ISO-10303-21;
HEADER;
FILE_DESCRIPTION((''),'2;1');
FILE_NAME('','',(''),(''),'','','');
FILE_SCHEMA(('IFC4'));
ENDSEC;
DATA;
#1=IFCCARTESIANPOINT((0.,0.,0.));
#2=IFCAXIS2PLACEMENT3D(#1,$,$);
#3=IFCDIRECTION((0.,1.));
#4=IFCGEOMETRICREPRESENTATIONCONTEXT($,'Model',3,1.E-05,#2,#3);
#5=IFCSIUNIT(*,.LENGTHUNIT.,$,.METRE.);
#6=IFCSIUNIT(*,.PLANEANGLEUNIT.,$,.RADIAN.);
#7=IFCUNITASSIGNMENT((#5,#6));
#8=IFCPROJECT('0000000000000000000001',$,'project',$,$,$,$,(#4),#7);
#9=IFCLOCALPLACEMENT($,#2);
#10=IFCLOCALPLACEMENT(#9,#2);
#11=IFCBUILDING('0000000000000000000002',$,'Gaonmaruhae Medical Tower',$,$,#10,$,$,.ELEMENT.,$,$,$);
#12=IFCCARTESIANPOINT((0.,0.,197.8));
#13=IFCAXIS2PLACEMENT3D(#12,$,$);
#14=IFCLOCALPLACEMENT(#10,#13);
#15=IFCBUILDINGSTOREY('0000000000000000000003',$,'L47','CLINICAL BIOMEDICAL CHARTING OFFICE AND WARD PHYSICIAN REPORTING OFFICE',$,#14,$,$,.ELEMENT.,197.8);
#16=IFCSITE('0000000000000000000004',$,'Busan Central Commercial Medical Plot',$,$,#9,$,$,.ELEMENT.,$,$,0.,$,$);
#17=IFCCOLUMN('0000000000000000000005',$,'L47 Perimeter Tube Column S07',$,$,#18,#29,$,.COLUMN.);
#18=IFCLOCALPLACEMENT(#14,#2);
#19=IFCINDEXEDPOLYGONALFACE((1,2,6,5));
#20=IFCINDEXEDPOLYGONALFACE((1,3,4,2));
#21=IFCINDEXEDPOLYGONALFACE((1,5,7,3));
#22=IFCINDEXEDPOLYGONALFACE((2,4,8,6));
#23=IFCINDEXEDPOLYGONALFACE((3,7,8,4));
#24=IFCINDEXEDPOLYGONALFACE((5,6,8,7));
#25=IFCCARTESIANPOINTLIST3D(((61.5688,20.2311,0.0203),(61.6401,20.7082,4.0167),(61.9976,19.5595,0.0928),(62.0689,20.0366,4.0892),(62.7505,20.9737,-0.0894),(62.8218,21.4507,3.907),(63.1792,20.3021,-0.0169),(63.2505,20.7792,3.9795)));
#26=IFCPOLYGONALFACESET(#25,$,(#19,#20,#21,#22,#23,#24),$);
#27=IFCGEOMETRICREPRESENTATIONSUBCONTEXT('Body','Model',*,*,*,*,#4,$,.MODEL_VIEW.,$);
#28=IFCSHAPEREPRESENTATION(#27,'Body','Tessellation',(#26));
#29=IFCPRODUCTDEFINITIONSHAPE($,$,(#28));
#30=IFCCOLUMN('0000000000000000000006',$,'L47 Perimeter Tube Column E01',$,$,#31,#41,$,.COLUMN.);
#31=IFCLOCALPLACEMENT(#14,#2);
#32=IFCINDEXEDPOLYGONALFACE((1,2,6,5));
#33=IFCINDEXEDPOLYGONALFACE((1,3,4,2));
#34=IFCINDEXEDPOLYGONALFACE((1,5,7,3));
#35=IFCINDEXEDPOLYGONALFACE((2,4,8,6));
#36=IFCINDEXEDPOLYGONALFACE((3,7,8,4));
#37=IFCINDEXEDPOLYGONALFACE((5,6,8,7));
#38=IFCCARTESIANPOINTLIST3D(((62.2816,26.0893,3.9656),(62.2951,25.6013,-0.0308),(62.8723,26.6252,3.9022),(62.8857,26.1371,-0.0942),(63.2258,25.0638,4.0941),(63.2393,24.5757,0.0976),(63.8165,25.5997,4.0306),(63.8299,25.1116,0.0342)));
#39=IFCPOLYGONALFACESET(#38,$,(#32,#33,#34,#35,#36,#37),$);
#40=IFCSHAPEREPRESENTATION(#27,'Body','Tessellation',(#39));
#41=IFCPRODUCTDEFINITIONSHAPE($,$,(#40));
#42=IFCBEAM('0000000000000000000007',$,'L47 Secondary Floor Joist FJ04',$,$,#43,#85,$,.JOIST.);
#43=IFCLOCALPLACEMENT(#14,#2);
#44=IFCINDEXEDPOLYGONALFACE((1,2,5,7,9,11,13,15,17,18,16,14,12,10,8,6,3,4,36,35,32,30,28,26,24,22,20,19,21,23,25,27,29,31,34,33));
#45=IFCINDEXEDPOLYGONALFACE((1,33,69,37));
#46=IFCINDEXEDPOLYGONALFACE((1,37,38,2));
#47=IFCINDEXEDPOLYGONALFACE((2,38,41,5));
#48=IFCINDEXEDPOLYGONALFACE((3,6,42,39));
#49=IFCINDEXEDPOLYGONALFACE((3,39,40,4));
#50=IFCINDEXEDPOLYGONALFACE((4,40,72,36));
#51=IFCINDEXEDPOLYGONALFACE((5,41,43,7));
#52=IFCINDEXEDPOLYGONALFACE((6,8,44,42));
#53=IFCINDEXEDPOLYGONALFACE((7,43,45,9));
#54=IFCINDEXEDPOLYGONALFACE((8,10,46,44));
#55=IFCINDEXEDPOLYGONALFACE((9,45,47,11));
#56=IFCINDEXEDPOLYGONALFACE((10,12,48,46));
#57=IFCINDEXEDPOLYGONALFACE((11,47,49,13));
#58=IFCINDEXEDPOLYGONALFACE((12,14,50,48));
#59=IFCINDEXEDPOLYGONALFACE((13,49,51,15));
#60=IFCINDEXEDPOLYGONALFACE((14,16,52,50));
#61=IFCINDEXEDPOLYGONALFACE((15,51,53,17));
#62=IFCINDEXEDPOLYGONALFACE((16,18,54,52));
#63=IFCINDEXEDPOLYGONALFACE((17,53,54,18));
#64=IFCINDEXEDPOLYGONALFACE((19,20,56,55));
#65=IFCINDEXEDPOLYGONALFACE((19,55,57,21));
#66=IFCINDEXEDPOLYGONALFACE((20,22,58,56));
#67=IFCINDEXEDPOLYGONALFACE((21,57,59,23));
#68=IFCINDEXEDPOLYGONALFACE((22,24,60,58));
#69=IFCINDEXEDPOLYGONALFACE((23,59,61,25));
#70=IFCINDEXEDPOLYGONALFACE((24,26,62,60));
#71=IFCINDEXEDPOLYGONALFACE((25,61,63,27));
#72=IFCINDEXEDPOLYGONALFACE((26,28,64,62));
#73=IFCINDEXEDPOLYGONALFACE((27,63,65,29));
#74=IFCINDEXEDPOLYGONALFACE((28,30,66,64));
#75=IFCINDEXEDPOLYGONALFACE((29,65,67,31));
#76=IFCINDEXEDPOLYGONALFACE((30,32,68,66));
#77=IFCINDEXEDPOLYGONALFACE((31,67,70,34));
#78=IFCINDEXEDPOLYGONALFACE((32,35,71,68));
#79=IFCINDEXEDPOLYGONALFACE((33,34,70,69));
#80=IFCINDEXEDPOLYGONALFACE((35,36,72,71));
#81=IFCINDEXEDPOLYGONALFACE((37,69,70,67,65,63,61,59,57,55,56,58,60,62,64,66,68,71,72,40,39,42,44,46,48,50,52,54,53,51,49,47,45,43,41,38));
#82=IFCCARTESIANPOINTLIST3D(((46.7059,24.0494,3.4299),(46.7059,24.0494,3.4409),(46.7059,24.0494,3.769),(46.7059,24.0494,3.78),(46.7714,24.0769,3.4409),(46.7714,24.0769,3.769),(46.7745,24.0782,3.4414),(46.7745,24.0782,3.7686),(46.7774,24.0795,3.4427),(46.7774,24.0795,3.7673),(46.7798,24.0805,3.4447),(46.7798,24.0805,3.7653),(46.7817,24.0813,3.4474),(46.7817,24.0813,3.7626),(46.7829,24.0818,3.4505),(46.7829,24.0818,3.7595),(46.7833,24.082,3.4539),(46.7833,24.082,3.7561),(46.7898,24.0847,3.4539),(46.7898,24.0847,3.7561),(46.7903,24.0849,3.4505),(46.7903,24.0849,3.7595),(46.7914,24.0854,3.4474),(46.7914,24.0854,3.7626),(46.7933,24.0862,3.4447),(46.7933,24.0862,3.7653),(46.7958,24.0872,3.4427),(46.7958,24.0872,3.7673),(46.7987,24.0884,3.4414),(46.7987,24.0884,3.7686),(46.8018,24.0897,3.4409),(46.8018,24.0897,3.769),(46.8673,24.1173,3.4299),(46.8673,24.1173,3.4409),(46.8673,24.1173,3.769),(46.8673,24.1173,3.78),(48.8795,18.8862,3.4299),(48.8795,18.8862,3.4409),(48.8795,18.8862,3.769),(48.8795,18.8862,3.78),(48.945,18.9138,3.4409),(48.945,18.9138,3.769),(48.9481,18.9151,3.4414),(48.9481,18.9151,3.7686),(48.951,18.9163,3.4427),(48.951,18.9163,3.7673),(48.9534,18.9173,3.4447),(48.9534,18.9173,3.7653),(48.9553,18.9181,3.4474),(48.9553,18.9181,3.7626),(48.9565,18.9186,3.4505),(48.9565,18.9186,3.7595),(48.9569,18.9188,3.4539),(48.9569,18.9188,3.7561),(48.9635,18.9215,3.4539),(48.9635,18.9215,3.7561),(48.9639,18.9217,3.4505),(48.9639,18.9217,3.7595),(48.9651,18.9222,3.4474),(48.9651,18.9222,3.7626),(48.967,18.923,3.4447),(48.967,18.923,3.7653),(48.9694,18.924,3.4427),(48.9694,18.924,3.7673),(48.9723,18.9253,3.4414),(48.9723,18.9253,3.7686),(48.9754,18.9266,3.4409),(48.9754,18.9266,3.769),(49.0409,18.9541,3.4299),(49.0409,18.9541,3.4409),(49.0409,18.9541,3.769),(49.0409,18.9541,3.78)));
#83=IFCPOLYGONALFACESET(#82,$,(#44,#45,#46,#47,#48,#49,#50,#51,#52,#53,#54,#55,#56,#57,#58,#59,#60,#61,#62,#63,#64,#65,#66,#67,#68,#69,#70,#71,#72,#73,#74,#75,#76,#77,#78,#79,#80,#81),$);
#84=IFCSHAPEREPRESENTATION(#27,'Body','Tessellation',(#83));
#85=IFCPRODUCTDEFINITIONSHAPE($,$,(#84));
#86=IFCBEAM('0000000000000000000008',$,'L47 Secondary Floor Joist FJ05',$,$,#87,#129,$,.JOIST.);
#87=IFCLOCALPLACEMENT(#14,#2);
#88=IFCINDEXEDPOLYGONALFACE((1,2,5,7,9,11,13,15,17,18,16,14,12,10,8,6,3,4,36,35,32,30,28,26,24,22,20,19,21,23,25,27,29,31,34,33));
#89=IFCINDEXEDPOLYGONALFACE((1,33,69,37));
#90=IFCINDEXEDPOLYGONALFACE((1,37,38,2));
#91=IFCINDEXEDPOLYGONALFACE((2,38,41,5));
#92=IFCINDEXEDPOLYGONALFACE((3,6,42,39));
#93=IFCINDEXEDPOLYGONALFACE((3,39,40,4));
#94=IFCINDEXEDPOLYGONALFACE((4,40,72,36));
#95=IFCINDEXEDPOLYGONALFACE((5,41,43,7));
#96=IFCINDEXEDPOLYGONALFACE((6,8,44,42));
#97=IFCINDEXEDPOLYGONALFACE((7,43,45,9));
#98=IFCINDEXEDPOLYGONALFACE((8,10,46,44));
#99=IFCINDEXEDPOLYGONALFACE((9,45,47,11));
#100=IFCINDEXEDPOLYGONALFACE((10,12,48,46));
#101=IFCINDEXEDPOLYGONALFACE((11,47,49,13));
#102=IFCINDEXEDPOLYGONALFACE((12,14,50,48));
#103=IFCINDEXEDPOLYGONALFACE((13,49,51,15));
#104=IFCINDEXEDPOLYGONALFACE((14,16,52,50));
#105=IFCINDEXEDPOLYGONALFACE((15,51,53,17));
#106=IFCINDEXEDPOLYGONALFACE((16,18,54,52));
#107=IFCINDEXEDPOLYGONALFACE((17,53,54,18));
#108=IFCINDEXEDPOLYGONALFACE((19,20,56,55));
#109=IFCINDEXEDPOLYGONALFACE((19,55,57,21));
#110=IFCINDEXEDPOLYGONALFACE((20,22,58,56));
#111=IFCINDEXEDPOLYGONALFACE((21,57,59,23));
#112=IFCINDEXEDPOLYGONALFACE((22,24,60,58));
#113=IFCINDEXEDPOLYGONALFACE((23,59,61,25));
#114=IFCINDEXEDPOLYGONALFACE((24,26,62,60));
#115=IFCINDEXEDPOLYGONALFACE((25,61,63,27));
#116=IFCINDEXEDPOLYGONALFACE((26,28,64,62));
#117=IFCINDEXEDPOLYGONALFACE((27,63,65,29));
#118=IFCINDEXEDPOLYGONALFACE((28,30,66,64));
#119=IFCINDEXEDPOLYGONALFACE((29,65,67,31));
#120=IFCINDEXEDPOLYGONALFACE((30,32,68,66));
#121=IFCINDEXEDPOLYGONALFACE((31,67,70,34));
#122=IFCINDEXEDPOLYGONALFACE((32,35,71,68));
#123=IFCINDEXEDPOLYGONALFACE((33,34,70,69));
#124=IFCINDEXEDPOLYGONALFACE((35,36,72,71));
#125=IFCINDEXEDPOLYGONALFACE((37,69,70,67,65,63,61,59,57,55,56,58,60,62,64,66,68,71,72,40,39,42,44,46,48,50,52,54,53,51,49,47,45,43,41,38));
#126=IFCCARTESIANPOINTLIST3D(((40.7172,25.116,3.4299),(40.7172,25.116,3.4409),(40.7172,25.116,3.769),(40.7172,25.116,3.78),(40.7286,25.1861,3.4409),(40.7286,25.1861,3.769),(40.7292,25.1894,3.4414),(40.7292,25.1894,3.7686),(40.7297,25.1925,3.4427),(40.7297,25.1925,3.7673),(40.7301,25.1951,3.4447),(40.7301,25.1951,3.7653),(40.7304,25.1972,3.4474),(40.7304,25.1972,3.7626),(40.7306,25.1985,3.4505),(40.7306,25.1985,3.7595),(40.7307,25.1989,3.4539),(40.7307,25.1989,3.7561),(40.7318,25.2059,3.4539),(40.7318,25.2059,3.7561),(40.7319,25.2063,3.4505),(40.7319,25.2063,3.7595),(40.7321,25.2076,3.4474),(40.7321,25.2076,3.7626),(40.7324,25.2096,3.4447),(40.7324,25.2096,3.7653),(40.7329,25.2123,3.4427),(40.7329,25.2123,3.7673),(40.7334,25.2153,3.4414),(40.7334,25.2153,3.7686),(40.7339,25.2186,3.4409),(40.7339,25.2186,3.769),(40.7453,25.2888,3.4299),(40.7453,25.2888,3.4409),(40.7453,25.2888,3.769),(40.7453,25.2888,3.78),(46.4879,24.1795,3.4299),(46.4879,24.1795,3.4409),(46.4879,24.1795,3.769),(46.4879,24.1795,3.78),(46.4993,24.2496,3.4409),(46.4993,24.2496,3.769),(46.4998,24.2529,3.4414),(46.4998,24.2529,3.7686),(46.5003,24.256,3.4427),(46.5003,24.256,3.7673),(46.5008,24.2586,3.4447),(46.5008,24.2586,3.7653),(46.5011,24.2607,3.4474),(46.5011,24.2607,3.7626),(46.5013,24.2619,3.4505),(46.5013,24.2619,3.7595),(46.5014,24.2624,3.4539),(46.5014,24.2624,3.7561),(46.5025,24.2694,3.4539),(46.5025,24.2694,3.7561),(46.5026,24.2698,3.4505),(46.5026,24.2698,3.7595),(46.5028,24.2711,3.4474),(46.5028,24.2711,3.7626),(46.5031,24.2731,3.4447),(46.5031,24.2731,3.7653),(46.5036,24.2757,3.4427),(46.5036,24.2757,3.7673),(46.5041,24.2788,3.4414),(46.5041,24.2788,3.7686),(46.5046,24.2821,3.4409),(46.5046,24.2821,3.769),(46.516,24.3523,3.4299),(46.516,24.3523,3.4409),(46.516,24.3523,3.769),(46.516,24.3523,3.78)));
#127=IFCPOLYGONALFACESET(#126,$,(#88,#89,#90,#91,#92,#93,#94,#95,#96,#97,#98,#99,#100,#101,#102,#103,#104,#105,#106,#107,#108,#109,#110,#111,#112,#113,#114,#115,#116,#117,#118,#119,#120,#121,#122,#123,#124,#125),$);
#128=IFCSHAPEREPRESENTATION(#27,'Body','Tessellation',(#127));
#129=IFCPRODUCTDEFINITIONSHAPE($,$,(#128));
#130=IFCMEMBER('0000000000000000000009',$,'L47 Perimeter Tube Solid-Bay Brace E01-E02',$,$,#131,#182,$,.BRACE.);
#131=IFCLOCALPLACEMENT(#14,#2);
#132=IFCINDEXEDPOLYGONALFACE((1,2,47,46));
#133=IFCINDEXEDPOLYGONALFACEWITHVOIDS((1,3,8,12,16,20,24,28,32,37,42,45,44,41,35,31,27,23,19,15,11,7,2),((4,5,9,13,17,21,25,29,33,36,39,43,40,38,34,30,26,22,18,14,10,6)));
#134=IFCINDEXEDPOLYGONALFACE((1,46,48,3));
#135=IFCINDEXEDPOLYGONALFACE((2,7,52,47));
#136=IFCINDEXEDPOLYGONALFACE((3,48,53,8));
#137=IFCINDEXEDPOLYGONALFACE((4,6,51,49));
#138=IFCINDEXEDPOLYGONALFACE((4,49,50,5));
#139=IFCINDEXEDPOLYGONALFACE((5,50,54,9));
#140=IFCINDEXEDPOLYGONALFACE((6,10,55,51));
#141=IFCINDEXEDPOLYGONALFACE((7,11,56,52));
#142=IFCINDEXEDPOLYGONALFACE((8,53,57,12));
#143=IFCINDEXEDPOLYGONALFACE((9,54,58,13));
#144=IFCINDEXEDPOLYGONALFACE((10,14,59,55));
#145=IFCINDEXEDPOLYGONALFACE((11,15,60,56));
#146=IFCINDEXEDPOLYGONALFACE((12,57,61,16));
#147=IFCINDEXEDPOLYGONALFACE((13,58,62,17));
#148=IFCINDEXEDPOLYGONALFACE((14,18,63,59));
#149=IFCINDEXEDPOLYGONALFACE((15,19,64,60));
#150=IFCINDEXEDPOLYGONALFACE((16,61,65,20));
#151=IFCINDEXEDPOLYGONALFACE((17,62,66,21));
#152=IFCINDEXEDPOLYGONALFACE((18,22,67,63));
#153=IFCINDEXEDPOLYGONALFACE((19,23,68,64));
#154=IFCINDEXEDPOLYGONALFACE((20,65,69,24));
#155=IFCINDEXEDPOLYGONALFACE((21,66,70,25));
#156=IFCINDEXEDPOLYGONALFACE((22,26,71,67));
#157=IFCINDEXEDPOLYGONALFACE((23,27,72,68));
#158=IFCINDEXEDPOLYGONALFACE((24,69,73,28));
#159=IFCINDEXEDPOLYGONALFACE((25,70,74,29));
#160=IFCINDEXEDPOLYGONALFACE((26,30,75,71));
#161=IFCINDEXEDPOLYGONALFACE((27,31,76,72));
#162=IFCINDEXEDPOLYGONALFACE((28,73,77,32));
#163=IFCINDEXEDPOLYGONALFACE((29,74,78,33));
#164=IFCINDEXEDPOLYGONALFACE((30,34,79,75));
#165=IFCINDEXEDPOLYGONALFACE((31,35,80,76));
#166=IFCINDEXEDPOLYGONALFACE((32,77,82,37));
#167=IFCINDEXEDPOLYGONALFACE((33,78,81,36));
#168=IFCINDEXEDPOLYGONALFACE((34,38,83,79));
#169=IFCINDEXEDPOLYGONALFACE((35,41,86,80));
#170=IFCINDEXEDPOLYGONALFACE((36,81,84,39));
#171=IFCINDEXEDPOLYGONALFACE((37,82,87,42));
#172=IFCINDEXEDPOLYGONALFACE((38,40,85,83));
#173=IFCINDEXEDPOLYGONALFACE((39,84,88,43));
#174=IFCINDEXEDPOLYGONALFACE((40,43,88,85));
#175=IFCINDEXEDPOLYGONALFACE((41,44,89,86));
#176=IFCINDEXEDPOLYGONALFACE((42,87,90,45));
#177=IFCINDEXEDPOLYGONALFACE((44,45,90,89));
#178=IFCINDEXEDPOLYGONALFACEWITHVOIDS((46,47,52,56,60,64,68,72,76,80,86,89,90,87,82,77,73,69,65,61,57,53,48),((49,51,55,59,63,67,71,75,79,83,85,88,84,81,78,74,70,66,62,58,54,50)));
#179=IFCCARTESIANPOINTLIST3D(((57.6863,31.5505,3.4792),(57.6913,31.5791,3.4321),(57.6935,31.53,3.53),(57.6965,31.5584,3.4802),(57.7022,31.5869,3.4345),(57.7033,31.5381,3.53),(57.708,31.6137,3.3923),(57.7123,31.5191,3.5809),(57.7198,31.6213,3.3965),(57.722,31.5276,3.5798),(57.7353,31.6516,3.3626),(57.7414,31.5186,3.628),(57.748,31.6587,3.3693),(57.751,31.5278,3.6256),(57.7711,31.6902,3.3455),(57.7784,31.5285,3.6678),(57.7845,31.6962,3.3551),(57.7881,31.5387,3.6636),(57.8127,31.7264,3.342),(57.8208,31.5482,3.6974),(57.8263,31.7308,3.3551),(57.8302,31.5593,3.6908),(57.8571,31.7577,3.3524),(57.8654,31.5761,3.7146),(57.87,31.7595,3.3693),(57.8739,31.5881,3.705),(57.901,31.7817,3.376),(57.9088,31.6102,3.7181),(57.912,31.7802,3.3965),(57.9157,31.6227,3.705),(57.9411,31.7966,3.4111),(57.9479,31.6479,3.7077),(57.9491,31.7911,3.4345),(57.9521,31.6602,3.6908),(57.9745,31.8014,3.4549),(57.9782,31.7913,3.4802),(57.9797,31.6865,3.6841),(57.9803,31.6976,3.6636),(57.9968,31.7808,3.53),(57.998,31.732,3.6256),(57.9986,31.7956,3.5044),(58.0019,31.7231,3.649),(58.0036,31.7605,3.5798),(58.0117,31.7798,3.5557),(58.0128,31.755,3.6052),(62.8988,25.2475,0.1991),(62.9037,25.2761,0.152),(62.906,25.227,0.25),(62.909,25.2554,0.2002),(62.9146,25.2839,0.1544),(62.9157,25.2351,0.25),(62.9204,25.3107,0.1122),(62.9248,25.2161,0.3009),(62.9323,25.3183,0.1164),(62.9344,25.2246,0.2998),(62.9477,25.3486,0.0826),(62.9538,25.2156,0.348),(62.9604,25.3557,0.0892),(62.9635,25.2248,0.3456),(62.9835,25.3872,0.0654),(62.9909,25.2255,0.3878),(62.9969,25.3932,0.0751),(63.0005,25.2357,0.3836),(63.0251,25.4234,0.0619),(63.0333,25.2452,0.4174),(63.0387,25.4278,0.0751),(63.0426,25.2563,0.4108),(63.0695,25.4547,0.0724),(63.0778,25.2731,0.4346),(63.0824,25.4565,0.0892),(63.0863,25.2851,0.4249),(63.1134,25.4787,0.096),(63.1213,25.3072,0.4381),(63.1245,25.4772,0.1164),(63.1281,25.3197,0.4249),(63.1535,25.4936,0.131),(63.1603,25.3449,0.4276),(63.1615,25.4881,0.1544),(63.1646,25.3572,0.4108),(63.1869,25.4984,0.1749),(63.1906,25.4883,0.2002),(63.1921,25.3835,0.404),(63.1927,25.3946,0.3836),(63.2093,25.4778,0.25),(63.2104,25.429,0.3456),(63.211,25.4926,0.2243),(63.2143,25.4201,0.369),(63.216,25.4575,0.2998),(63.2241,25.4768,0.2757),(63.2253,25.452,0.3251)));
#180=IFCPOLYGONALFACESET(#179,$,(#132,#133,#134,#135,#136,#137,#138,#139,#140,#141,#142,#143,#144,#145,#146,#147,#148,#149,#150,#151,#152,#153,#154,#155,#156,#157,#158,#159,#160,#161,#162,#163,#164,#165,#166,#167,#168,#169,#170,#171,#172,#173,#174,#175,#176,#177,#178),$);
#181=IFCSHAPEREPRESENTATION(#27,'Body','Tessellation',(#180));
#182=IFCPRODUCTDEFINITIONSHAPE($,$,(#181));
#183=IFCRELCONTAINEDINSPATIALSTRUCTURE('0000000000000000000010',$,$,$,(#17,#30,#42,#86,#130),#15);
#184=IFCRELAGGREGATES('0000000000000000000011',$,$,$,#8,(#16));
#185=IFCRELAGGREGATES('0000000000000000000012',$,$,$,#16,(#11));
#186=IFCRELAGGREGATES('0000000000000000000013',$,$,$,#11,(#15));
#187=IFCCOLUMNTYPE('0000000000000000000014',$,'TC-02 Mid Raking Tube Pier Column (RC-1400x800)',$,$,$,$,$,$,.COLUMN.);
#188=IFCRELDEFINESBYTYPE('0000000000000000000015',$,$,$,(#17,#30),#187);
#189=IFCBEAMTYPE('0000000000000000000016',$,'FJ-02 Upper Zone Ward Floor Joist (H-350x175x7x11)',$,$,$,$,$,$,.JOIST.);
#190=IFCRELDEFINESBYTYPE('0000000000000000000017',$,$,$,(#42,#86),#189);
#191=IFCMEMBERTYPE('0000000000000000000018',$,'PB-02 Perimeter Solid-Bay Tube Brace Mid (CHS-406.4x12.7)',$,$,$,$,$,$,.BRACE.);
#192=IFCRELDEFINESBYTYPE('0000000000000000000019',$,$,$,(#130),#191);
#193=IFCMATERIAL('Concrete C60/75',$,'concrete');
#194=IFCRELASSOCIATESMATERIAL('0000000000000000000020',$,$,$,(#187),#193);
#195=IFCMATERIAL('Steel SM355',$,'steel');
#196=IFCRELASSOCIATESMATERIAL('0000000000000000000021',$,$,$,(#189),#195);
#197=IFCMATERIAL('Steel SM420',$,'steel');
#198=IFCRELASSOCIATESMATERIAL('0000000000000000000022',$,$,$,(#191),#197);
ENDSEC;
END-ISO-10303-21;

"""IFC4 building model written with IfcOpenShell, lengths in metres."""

from ifc_helpers import new_model, si_unit, direction, frame, origin, origin_2d, place, context, subcontext, project, spatial, rectangle, hollow_circle, i_section, extrude, material, material_profile, profile_set, type_object, element, save


model = new_model("IFC4")

# Units and contexts
model_context = context("Model", 3, precision=1e-05, world=origin(), true_north=direction((0.0, 1.0)))
body_context = subcontext(model_context, "Body", "Model", "MODEL_VIEW")
ifc_project = project(units=[si_unit("LENGTHUNIT", "METRE"), si_unit("PLANEANGLEUNIT", "RADIAN")], contexts=[model_context])

# Site, building, storey
site_placement = place(None, origin())
site = spatial("IfcSite", under=ifc_project, at=site_placement, Name="Busan Central Commercial Medical Plot", CompositionType="ELEMENT", RefElevation=0.0)
building_placement = place(site_placement, origin())
building = spatial("IfcBuilding", under=site, at=building_placement, Name="Gaonmaruhae Medical Tower", CompositionType="ELEMENT")
storey_placement = place(building_placement, frame((0.0, 0.0, 197.8)))
storey = spatial("IfcBuildingStorey", under=building, at=storey_placement, Name="L47", Description="CLINICAL BIOMEDICAL CHARTING OFFICE AND WARD PHYSICIAN REPORTING OFFICE", CompositionType="ELEMENT", Elevation=197.8)

# Columns
ifc_material_1 = material(Name="Concrete C60/75", Category="concrete")
ifc_material_profile_1 = material_profile(ifc_material_1, rectangle(XDim=1.3999, YDim=0.8, at=origin_2d()), Name="RC-1400x800")
ifc_profile_set_1 = profile_set([ifc_material_profile_1], Name="Concrete C60/75")
column_type = type_object("IfcColumnType", Name="TC-02 Mid Raking Tube Pier Column (RC-1400x800)", PredefinedType="COLUMN", material=ifc_profile_set_1)
column_1_placement = place(storey_placement, frame((62.374, 20.2666, 0.0017), z_axis=(0.01771, 0.118512, 0.992795), x_axis=(-0.844091, -0.53044, 0.078377)))
element("IfcColumn", 1, at=column_1_placement, inside=storey, type_object=column_type, Name="L47 Perimeter Tube Column S07", PredefinedType="COLUMN", context=body_context, shape_type="SweptSolid", body=[
    extrude(rectangle(XDim=1.3999, YDim=0.8, at=origin_2d()), origin(), (0.0, 0.0, 1.0), 4.0254),
])
column_2_placement = place(storey_placement, frame((63.0625, 25.3564, 0.0017), z_axis=(-0.003335, 0.12122, 0.99262), x_axis=(0.674484, -0.732569, 0.091728)))
element("IfcColumn", 2, at=column_2_placement, inside=storey, type_object=column_type, Name="L47 Perimeter Tube Column E01", PredefinedType="COLUMN", context=body_context, shape_type="SweptSolid", body=[
    extrude(rectangle(XDim=1.3999, YDim=0.8, at=origin_2d()), origin(), (0.0, 0.0, 1.0), 4.0261),
])

# Beams
ifc_material_2 = material(Name="Steel SM355", Category="steel")
ifc_material_profile_2 = material_profile(ifc_material_2, i_section(OverallWidth=0.175, OverallDepth=0.3501, WebThickness=0.0071, FlangeThickness=0.011, FilletRadius=0.0129, at=origin_2d()), Name="H-350x175x7x11")
ifc_profile_set_2 = profile_set([ifc_material_profile_2], Name="Steel SM355")
beam_type_1 = type_object("IfcBeamType", Name="FJ-02 Upper Zone Ward Floor Joist (H-350x175x7x11)", PredefinedType="JOIST", material=ifc_profile_set_2)
beam_1_placement = place(storey_placement, frame((48.9602, 18.9202, 3.605), z_axis=(-0.388004, 0.921658, 0.0), x_axis=(-0.921658, -0.388004, 0.0)))
element("IfcBeam", 3, at=beam_1_placement, inside=storey, type_object=beam_type_1, Name="L47 Secondary Floor Joist FJ04", PredefinedType="JOIST", context=body_context, shape_type="SweptSolid", body=[
    extrude(i_section(OverallWidth=0.175, OverallDepth=0.3501, WebThickness=0.0071, FlangeThickness=0.011, FilletRadius=0.0129, at=origin_2d()), origin(), (0.0, 0.0, 1.0), 5.6021),
])
beam_2_placement = place(storey_placement, frame((46.502, 24.2659, 3.605), z_axis=(-0.987086, 0.160192, 0.0), x_axis=(-0.160192, -0.987086, 0.0)))
element("IfcBeam", 4, at=beam_2_placement, inside=storey, type_object=beam_type_1, Name="L47 Secondary Floor Joist FJ05", PredefinedType="JOIST", context=body_context, shape_type="SweptSolid", body=[
    extrude(i_section(OverallWidth=0.175, OverallDepth=0.3501, WebThickness=0.0071, FlangeThickness=0.011, FilletRadius=0.0129, at=origin_2d()), origin(), (0.0, 0.0, 1.0), 5.8462),
])

# Member
ifc_material_3 = material(Name="Steel SM420", Category="steel")
ifc_material_profile_3 = material_profile(ifc_material_3, hollow_circle(Radius=0.2031, WallThickness=0.0127, at=origin_2d()), Name="CHS-406.4x12.7")
ifc_profile_set_3 = profile_set([ifc_material_profile_3], Name="Steel SM420")
member_type = type_object("IfcMemberType", Name="PB-02 Perimeter Solid-Bay Tube Brace Mid (CHS-406.4x12.7)", PredefinedType="BRACE", material=ifc_profile_set_3)
member_placement = place(storey_placement, frame((63.0625, 25.3564, 0.25), z_axis=(-0.591497, 0.715254, 0.372214), x_axis=(-0.770626, -0.637288, 0.0)))
element("IfcMember", 5, at=member_placement, inside=storey, type_object=member_type, Name="L47 Perimeter Tube Solid-Bay Brace E01-E02", PredefinedType="BRACE", context=body_context, shape_type="SweptSolid", body=[
    extrude(hollow_circle(Radius=0.2031, WallThickness=0.0127, at=origin_2d()), origin(), (0.0, 0.0, 1.0), 8.8123),
])

save(model, "model.ifc")
